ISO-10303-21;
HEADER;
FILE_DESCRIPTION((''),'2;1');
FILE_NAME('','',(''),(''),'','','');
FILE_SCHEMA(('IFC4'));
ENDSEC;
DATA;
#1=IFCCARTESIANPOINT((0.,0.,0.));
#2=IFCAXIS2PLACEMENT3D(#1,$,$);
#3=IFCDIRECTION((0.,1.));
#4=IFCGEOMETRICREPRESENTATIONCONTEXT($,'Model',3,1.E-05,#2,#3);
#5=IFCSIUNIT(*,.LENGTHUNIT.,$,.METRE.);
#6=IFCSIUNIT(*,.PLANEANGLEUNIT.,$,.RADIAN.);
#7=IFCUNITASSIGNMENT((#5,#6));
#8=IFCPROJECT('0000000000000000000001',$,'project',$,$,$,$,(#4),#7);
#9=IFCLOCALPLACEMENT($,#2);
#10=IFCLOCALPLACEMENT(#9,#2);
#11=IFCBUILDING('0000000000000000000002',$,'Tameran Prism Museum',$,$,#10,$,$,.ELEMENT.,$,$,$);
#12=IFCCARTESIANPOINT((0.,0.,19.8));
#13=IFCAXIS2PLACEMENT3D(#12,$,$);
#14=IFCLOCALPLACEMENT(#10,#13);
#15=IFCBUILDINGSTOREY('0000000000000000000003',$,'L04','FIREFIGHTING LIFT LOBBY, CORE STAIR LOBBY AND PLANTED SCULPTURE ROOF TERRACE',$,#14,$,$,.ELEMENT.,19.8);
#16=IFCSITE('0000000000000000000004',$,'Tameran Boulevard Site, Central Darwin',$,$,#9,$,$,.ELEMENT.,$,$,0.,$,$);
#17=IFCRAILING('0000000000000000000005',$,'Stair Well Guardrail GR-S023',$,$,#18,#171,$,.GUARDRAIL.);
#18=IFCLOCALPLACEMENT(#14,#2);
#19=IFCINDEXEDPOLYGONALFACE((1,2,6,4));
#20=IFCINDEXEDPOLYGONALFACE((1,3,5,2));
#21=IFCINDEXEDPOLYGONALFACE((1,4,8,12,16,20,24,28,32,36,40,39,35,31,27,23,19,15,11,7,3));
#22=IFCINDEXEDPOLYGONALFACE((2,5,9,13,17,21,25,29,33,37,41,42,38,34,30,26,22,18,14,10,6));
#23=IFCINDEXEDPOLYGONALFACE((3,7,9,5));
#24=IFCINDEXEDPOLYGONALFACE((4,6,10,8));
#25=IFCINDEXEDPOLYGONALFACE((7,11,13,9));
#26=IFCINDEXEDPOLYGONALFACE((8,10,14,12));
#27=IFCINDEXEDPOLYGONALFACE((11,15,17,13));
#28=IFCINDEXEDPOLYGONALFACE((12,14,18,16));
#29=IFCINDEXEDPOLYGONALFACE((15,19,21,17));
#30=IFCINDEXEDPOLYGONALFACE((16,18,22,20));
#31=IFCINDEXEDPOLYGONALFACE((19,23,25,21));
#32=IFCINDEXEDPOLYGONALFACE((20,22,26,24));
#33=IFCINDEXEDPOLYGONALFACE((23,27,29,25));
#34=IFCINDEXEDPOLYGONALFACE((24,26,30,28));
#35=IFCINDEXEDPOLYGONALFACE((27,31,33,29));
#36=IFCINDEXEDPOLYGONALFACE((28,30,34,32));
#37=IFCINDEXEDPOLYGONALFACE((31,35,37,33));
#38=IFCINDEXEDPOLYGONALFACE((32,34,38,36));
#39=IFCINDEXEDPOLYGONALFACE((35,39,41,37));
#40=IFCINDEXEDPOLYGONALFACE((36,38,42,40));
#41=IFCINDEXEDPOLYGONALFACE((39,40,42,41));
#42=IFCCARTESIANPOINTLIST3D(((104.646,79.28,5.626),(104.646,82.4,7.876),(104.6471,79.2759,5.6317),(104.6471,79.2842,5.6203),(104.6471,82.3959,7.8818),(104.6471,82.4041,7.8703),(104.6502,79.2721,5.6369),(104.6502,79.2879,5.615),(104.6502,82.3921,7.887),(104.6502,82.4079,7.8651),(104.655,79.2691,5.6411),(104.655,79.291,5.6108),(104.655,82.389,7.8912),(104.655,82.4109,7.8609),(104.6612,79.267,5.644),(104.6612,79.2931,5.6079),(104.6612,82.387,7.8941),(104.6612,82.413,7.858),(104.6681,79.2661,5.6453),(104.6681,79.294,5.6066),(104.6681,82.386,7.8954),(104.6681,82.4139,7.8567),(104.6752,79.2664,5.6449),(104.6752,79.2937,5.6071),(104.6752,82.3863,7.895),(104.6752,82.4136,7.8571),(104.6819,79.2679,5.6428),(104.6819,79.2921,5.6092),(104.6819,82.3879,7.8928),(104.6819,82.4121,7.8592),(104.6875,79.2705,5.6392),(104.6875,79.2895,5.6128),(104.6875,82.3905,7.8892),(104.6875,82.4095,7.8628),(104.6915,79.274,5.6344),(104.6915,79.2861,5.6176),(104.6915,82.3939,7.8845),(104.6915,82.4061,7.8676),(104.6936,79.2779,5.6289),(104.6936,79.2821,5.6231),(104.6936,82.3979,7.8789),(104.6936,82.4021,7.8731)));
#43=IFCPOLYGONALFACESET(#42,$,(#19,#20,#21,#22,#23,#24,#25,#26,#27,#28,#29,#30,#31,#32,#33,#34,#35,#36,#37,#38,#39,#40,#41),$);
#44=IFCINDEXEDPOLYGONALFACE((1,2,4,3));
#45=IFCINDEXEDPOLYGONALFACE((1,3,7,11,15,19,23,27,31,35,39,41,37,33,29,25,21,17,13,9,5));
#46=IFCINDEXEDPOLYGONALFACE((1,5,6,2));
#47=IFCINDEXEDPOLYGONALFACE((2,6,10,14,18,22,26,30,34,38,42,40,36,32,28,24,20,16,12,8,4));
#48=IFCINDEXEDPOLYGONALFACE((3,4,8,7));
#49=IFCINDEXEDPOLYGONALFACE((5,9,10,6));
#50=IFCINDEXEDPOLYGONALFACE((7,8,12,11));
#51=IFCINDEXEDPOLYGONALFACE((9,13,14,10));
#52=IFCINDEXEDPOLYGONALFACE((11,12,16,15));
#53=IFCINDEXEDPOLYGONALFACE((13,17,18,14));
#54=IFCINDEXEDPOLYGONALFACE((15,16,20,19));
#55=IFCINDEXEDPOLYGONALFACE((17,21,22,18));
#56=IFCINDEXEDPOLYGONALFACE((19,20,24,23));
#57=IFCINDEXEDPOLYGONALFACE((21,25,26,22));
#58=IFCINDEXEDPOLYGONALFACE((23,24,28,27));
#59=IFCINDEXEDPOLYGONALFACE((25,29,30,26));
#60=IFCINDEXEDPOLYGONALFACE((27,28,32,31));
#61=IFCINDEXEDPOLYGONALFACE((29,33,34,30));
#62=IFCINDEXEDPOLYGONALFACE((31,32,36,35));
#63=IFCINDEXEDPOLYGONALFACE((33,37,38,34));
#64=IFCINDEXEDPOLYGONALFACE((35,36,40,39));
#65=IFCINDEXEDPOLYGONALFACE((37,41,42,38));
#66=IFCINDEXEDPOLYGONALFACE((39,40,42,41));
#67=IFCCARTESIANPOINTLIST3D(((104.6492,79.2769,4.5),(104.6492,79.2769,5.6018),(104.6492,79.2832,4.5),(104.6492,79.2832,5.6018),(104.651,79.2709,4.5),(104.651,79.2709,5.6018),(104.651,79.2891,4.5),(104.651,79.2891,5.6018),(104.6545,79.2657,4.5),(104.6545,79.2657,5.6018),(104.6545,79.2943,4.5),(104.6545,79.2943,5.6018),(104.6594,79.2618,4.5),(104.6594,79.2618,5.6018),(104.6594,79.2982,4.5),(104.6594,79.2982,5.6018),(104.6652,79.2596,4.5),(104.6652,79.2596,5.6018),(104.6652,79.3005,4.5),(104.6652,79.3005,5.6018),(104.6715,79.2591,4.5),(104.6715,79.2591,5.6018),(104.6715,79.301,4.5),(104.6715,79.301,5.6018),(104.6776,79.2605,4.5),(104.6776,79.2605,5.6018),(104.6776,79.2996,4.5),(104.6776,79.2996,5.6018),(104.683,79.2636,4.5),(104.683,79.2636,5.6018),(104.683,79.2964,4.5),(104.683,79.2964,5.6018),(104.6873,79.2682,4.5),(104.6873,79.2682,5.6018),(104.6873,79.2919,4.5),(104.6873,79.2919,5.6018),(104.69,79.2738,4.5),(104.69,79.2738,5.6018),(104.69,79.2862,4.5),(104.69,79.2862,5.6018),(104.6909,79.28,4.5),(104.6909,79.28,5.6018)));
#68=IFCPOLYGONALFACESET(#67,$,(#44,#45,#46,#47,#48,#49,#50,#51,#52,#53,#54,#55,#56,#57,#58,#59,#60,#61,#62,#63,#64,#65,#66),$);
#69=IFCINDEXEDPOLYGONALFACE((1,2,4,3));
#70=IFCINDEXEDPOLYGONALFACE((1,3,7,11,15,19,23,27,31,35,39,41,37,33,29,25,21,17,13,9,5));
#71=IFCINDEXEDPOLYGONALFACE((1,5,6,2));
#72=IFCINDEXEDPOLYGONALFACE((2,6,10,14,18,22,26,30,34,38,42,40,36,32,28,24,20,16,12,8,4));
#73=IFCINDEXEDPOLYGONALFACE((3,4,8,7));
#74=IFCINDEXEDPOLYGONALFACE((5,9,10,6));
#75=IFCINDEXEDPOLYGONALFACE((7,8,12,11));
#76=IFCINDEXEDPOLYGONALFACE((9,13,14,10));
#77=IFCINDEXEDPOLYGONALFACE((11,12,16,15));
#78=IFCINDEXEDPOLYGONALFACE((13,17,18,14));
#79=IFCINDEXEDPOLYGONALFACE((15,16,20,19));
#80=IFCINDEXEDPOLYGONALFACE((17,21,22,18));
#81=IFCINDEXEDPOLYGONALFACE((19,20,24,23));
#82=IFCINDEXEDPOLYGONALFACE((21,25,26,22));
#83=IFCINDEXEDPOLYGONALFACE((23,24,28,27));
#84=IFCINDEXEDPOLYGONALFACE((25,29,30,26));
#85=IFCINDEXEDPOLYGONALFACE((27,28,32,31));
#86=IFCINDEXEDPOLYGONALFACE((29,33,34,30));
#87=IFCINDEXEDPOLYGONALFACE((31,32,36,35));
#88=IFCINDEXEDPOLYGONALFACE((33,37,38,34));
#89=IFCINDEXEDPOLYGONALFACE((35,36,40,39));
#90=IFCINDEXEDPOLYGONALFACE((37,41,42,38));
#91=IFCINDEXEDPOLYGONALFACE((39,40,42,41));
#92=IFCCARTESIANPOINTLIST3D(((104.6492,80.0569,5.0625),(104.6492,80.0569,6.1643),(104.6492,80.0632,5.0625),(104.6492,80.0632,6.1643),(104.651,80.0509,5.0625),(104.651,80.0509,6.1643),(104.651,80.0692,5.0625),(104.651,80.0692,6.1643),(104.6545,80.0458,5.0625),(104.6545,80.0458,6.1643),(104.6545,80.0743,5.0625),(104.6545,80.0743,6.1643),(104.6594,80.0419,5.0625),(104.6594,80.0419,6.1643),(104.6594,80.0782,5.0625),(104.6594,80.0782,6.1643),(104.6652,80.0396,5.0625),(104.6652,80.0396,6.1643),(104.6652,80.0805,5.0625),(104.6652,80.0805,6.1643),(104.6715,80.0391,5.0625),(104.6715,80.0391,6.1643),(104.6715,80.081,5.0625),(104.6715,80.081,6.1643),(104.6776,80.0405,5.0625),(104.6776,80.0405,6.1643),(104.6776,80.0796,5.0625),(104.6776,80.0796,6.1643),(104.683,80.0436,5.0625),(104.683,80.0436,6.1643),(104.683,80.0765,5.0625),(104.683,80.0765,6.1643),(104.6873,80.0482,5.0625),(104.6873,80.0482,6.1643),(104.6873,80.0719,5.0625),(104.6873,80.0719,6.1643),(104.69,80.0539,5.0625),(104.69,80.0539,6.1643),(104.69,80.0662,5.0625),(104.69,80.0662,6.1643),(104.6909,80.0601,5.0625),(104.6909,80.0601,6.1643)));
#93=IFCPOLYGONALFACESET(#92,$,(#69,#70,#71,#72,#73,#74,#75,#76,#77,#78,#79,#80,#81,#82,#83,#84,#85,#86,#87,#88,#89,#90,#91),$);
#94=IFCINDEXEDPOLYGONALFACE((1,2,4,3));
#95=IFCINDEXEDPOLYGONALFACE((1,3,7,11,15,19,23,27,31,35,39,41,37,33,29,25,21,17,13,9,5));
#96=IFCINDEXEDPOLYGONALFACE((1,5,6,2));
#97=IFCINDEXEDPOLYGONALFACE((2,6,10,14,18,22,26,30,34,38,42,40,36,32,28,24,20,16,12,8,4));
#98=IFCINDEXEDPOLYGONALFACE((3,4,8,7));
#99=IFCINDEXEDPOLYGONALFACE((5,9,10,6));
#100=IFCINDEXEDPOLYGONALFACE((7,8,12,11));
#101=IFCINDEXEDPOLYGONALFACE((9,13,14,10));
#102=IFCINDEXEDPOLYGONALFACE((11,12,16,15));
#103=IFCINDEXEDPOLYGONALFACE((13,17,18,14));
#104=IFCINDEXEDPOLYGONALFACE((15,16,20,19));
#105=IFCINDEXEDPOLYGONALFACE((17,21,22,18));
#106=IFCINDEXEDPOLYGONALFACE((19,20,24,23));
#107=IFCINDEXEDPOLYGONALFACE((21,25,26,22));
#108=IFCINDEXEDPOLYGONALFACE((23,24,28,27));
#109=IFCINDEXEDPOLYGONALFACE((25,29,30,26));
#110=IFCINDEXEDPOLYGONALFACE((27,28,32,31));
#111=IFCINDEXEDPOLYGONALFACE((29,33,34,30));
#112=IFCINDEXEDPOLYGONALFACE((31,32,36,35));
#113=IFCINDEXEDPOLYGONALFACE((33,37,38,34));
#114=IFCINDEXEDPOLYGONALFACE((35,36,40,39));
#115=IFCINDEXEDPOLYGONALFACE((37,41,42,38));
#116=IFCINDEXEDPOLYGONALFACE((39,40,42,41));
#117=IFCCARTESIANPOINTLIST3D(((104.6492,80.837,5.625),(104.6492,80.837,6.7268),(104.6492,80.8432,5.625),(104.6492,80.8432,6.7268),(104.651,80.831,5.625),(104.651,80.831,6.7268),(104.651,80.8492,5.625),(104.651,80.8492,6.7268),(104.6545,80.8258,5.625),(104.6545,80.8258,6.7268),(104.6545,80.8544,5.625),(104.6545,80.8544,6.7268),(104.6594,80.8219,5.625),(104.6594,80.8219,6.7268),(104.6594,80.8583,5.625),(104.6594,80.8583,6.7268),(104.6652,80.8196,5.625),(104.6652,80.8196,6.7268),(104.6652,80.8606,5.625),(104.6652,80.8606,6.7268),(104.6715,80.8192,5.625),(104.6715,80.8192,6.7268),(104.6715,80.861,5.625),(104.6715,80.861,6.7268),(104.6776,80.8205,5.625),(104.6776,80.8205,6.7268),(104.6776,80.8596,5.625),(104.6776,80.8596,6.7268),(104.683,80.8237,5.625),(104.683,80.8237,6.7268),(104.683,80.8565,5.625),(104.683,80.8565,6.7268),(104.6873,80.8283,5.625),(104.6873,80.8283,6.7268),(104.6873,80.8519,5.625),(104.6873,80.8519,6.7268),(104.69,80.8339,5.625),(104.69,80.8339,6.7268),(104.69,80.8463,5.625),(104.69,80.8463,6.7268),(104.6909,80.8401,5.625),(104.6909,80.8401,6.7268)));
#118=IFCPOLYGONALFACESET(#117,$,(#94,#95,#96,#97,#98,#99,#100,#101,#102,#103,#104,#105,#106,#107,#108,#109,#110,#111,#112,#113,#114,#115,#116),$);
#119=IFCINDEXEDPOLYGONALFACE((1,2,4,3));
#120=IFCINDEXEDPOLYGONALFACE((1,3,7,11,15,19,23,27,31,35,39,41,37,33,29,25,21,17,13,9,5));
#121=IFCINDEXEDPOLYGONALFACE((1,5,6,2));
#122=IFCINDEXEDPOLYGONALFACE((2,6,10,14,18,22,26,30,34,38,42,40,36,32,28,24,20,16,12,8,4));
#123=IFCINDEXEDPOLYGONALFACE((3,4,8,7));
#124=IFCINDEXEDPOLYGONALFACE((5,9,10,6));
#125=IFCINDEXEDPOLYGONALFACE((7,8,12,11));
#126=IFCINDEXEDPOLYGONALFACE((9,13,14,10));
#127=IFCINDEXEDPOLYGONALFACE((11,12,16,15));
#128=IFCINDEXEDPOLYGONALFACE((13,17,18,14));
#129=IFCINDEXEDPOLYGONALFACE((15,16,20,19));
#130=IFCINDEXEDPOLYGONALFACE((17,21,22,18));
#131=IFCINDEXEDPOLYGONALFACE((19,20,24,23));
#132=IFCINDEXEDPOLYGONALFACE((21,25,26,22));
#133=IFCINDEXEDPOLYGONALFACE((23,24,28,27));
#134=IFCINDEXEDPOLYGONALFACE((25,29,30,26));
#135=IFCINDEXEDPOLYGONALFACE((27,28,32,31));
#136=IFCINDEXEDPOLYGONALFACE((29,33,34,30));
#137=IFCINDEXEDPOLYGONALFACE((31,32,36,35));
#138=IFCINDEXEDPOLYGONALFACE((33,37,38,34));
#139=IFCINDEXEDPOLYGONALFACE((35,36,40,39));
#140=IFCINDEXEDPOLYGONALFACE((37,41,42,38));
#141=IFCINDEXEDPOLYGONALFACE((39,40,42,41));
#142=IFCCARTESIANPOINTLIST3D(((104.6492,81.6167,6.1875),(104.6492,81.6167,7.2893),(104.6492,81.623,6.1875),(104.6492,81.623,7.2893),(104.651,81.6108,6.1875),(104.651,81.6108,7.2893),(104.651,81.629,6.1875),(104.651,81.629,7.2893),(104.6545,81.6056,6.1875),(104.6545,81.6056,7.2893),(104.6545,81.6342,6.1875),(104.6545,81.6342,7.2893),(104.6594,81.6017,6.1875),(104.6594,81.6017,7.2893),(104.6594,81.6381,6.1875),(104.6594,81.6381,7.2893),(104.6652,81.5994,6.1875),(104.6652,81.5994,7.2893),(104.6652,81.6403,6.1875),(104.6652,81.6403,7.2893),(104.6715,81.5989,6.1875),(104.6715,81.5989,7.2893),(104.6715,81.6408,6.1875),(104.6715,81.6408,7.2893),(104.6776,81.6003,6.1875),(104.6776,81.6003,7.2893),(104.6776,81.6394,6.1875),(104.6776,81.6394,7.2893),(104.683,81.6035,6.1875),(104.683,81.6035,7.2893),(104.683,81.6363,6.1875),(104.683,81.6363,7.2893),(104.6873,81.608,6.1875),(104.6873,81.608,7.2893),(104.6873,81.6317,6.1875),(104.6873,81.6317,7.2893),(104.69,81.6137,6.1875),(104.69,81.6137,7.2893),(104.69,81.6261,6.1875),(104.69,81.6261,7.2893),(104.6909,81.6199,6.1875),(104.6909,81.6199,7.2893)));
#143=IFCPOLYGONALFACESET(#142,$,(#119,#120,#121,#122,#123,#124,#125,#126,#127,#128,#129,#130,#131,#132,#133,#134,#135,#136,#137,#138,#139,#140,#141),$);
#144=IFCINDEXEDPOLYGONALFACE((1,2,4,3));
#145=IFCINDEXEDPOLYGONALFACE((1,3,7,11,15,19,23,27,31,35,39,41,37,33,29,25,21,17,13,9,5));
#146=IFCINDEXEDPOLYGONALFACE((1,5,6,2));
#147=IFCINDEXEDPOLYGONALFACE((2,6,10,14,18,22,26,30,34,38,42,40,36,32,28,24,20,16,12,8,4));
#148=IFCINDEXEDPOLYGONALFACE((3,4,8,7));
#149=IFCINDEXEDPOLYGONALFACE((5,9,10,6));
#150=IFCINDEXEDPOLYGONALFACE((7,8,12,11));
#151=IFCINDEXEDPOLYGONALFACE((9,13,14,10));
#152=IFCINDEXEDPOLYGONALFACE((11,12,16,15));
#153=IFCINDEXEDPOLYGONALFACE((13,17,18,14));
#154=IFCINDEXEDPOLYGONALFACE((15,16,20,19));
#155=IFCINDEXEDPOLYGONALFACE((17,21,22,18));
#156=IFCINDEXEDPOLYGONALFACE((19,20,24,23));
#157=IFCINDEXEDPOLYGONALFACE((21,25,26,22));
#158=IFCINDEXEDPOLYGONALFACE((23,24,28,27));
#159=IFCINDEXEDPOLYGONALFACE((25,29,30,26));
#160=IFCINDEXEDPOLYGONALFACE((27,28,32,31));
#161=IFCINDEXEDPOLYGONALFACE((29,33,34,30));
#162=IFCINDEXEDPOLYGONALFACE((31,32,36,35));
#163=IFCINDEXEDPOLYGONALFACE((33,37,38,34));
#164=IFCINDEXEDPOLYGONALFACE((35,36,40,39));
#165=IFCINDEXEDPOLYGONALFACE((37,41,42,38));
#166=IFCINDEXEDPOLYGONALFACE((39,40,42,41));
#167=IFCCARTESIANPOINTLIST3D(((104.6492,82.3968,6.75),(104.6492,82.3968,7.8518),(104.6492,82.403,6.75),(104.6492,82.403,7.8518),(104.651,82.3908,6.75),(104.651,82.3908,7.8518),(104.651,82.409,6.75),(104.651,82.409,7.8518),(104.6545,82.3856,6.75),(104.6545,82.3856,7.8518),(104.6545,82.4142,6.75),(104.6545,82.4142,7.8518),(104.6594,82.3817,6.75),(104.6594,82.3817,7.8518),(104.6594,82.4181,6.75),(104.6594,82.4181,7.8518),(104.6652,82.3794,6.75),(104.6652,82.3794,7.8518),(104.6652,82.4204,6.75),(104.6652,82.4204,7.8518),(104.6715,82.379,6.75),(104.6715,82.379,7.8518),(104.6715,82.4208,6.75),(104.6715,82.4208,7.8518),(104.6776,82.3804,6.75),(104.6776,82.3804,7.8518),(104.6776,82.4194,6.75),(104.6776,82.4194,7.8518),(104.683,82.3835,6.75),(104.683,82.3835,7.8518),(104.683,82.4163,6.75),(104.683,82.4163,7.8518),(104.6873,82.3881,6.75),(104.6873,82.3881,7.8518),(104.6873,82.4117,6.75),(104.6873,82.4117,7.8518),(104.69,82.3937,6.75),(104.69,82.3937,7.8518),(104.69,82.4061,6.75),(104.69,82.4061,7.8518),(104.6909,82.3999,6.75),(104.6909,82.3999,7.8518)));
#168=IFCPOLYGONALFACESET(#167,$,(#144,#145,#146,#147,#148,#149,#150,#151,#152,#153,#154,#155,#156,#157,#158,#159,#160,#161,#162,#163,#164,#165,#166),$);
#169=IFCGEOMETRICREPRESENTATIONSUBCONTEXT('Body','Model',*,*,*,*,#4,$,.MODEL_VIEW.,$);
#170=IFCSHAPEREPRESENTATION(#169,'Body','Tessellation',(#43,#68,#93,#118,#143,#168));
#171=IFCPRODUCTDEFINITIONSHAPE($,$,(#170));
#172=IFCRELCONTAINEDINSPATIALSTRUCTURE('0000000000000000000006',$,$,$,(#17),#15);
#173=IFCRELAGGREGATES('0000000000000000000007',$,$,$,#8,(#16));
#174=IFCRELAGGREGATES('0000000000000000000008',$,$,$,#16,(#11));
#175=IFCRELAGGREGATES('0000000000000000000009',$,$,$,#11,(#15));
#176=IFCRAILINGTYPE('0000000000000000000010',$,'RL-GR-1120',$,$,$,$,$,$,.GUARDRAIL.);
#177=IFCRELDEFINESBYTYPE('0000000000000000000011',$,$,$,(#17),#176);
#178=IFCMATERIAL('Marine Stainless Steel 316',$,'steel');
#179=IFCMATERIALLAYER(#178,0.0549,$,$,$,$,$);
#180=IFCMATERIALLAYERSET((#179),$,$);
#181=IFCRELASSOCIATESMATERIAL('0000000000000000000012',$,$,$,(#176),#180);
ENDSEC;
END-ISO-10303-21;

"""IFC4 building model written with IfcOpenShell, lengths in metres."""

from ifc_helpers import new_model, si_unit, direction, frame, origin, origin_2d, place, context, subcontext, project, spatial, circle, extrude, material, layer, layer_set, type_object, element, save


model = new_model("IFC4")

# Units and contexts
model_context = context("Model", 3, precision=1e-05, world=origin(), true_north=direction((0.0, 1.0)))
body_context = subcontext(model_context, "Body", "Model", "MODEL_VIEW")
ifc_project = project(units=[si_unit("LENGTHUNIT", "METRE"), si_unit("PLANEANGLEUNIT", "RADIAN")], contexts=[model_context])

# Site, building, storey
site_placement = place(None, origin())
site = spatial("IfcSite", under=ifc_project, at=site_placement, Name="Tameran Boulevard Site, Central Darwin", CompositionType="ELEMENT", RefElevation=0.0)
building_placement = place(site_placement, origin())
building = spatial("IfcBuilding", under=site, at=building_placement, Name="Tameran Prism Museum", CompositionType="ELEMENT")
storey_placement = place(building_placement, frame((0.0, 0.0, 19.8)))
storey = spatial("IfcBuildingStorey", under=building, at=storey_placement, Name="L04", Description="FIREFIGHTING LIFT LOBBY, CORE STAIR LOBBY AND PLANTED SCULPTURE ROOF TERRACE", CompositionType="ELEMENT", Elevation=19.8)

# Railing
ifc_material_1 = material(Name="Marine Stainless Steel 316", Category="steel")
ifc_layer_1 = layer(ifc_material_1, 0.0549)
ifc_layer_set_1 = layer_set([ifc_layer_1])
railing_type_1 = type_object("IfcRailingType", Name="RL-GR-1120", PredefinedType="GUARDRAIL", material=ifc_layer_set_1)
railing_1_placement = place(storey_placement, frame((104.6699, 79.28, 4.5)))
element("IfcRailing", 1, at=railing_1_placement, inside=storey, type_object=railing_type_1, Name="Stair Well Guardrail GR-S023", PredefinedType="GUARDRAIL", context=body_context, shape_type="SweptSolid", body=[
    extrude(circle(Radius=0.0239, at=origin_2d()), frame((0.0, 0.0, 1.126), z_axis=(0.0, 0.811079, 0.584937), x_axis=(-1.0, 0.0, 0.0)), (0.0, 0.0, 1.0), 3.8467),
    extrude(circle(Radius=0.021, at=origin_2d()), origin(), (0.0, 0.0, 1.0), 1.1018),
    extrude(circle(Radius=0.021, at=origin_2d()), frame((0.0, 0.78, 0.5625)), (0.0, 0.0, 1.0), 1.1018),
    extrude(circle(Radius=0.021, at=origin_2d()), frame((0.0, 1.5601, 1.125)), (0.0, 0.0, 1.0), 1.1018),
    extrude(circle(Radius=0.021, at=origin_2d()), frame((0.0, 2.3398, 1.6875)), (0.0, 0.0, 1.0), 1.1018),
    extrude(circle(Radius=0.021, at=origin_2d()), frame((0.0, 3.1199, 2.25)), (0.0, 0.0, 1.0), 1.1018),
])

save(model, "model.ifc")
